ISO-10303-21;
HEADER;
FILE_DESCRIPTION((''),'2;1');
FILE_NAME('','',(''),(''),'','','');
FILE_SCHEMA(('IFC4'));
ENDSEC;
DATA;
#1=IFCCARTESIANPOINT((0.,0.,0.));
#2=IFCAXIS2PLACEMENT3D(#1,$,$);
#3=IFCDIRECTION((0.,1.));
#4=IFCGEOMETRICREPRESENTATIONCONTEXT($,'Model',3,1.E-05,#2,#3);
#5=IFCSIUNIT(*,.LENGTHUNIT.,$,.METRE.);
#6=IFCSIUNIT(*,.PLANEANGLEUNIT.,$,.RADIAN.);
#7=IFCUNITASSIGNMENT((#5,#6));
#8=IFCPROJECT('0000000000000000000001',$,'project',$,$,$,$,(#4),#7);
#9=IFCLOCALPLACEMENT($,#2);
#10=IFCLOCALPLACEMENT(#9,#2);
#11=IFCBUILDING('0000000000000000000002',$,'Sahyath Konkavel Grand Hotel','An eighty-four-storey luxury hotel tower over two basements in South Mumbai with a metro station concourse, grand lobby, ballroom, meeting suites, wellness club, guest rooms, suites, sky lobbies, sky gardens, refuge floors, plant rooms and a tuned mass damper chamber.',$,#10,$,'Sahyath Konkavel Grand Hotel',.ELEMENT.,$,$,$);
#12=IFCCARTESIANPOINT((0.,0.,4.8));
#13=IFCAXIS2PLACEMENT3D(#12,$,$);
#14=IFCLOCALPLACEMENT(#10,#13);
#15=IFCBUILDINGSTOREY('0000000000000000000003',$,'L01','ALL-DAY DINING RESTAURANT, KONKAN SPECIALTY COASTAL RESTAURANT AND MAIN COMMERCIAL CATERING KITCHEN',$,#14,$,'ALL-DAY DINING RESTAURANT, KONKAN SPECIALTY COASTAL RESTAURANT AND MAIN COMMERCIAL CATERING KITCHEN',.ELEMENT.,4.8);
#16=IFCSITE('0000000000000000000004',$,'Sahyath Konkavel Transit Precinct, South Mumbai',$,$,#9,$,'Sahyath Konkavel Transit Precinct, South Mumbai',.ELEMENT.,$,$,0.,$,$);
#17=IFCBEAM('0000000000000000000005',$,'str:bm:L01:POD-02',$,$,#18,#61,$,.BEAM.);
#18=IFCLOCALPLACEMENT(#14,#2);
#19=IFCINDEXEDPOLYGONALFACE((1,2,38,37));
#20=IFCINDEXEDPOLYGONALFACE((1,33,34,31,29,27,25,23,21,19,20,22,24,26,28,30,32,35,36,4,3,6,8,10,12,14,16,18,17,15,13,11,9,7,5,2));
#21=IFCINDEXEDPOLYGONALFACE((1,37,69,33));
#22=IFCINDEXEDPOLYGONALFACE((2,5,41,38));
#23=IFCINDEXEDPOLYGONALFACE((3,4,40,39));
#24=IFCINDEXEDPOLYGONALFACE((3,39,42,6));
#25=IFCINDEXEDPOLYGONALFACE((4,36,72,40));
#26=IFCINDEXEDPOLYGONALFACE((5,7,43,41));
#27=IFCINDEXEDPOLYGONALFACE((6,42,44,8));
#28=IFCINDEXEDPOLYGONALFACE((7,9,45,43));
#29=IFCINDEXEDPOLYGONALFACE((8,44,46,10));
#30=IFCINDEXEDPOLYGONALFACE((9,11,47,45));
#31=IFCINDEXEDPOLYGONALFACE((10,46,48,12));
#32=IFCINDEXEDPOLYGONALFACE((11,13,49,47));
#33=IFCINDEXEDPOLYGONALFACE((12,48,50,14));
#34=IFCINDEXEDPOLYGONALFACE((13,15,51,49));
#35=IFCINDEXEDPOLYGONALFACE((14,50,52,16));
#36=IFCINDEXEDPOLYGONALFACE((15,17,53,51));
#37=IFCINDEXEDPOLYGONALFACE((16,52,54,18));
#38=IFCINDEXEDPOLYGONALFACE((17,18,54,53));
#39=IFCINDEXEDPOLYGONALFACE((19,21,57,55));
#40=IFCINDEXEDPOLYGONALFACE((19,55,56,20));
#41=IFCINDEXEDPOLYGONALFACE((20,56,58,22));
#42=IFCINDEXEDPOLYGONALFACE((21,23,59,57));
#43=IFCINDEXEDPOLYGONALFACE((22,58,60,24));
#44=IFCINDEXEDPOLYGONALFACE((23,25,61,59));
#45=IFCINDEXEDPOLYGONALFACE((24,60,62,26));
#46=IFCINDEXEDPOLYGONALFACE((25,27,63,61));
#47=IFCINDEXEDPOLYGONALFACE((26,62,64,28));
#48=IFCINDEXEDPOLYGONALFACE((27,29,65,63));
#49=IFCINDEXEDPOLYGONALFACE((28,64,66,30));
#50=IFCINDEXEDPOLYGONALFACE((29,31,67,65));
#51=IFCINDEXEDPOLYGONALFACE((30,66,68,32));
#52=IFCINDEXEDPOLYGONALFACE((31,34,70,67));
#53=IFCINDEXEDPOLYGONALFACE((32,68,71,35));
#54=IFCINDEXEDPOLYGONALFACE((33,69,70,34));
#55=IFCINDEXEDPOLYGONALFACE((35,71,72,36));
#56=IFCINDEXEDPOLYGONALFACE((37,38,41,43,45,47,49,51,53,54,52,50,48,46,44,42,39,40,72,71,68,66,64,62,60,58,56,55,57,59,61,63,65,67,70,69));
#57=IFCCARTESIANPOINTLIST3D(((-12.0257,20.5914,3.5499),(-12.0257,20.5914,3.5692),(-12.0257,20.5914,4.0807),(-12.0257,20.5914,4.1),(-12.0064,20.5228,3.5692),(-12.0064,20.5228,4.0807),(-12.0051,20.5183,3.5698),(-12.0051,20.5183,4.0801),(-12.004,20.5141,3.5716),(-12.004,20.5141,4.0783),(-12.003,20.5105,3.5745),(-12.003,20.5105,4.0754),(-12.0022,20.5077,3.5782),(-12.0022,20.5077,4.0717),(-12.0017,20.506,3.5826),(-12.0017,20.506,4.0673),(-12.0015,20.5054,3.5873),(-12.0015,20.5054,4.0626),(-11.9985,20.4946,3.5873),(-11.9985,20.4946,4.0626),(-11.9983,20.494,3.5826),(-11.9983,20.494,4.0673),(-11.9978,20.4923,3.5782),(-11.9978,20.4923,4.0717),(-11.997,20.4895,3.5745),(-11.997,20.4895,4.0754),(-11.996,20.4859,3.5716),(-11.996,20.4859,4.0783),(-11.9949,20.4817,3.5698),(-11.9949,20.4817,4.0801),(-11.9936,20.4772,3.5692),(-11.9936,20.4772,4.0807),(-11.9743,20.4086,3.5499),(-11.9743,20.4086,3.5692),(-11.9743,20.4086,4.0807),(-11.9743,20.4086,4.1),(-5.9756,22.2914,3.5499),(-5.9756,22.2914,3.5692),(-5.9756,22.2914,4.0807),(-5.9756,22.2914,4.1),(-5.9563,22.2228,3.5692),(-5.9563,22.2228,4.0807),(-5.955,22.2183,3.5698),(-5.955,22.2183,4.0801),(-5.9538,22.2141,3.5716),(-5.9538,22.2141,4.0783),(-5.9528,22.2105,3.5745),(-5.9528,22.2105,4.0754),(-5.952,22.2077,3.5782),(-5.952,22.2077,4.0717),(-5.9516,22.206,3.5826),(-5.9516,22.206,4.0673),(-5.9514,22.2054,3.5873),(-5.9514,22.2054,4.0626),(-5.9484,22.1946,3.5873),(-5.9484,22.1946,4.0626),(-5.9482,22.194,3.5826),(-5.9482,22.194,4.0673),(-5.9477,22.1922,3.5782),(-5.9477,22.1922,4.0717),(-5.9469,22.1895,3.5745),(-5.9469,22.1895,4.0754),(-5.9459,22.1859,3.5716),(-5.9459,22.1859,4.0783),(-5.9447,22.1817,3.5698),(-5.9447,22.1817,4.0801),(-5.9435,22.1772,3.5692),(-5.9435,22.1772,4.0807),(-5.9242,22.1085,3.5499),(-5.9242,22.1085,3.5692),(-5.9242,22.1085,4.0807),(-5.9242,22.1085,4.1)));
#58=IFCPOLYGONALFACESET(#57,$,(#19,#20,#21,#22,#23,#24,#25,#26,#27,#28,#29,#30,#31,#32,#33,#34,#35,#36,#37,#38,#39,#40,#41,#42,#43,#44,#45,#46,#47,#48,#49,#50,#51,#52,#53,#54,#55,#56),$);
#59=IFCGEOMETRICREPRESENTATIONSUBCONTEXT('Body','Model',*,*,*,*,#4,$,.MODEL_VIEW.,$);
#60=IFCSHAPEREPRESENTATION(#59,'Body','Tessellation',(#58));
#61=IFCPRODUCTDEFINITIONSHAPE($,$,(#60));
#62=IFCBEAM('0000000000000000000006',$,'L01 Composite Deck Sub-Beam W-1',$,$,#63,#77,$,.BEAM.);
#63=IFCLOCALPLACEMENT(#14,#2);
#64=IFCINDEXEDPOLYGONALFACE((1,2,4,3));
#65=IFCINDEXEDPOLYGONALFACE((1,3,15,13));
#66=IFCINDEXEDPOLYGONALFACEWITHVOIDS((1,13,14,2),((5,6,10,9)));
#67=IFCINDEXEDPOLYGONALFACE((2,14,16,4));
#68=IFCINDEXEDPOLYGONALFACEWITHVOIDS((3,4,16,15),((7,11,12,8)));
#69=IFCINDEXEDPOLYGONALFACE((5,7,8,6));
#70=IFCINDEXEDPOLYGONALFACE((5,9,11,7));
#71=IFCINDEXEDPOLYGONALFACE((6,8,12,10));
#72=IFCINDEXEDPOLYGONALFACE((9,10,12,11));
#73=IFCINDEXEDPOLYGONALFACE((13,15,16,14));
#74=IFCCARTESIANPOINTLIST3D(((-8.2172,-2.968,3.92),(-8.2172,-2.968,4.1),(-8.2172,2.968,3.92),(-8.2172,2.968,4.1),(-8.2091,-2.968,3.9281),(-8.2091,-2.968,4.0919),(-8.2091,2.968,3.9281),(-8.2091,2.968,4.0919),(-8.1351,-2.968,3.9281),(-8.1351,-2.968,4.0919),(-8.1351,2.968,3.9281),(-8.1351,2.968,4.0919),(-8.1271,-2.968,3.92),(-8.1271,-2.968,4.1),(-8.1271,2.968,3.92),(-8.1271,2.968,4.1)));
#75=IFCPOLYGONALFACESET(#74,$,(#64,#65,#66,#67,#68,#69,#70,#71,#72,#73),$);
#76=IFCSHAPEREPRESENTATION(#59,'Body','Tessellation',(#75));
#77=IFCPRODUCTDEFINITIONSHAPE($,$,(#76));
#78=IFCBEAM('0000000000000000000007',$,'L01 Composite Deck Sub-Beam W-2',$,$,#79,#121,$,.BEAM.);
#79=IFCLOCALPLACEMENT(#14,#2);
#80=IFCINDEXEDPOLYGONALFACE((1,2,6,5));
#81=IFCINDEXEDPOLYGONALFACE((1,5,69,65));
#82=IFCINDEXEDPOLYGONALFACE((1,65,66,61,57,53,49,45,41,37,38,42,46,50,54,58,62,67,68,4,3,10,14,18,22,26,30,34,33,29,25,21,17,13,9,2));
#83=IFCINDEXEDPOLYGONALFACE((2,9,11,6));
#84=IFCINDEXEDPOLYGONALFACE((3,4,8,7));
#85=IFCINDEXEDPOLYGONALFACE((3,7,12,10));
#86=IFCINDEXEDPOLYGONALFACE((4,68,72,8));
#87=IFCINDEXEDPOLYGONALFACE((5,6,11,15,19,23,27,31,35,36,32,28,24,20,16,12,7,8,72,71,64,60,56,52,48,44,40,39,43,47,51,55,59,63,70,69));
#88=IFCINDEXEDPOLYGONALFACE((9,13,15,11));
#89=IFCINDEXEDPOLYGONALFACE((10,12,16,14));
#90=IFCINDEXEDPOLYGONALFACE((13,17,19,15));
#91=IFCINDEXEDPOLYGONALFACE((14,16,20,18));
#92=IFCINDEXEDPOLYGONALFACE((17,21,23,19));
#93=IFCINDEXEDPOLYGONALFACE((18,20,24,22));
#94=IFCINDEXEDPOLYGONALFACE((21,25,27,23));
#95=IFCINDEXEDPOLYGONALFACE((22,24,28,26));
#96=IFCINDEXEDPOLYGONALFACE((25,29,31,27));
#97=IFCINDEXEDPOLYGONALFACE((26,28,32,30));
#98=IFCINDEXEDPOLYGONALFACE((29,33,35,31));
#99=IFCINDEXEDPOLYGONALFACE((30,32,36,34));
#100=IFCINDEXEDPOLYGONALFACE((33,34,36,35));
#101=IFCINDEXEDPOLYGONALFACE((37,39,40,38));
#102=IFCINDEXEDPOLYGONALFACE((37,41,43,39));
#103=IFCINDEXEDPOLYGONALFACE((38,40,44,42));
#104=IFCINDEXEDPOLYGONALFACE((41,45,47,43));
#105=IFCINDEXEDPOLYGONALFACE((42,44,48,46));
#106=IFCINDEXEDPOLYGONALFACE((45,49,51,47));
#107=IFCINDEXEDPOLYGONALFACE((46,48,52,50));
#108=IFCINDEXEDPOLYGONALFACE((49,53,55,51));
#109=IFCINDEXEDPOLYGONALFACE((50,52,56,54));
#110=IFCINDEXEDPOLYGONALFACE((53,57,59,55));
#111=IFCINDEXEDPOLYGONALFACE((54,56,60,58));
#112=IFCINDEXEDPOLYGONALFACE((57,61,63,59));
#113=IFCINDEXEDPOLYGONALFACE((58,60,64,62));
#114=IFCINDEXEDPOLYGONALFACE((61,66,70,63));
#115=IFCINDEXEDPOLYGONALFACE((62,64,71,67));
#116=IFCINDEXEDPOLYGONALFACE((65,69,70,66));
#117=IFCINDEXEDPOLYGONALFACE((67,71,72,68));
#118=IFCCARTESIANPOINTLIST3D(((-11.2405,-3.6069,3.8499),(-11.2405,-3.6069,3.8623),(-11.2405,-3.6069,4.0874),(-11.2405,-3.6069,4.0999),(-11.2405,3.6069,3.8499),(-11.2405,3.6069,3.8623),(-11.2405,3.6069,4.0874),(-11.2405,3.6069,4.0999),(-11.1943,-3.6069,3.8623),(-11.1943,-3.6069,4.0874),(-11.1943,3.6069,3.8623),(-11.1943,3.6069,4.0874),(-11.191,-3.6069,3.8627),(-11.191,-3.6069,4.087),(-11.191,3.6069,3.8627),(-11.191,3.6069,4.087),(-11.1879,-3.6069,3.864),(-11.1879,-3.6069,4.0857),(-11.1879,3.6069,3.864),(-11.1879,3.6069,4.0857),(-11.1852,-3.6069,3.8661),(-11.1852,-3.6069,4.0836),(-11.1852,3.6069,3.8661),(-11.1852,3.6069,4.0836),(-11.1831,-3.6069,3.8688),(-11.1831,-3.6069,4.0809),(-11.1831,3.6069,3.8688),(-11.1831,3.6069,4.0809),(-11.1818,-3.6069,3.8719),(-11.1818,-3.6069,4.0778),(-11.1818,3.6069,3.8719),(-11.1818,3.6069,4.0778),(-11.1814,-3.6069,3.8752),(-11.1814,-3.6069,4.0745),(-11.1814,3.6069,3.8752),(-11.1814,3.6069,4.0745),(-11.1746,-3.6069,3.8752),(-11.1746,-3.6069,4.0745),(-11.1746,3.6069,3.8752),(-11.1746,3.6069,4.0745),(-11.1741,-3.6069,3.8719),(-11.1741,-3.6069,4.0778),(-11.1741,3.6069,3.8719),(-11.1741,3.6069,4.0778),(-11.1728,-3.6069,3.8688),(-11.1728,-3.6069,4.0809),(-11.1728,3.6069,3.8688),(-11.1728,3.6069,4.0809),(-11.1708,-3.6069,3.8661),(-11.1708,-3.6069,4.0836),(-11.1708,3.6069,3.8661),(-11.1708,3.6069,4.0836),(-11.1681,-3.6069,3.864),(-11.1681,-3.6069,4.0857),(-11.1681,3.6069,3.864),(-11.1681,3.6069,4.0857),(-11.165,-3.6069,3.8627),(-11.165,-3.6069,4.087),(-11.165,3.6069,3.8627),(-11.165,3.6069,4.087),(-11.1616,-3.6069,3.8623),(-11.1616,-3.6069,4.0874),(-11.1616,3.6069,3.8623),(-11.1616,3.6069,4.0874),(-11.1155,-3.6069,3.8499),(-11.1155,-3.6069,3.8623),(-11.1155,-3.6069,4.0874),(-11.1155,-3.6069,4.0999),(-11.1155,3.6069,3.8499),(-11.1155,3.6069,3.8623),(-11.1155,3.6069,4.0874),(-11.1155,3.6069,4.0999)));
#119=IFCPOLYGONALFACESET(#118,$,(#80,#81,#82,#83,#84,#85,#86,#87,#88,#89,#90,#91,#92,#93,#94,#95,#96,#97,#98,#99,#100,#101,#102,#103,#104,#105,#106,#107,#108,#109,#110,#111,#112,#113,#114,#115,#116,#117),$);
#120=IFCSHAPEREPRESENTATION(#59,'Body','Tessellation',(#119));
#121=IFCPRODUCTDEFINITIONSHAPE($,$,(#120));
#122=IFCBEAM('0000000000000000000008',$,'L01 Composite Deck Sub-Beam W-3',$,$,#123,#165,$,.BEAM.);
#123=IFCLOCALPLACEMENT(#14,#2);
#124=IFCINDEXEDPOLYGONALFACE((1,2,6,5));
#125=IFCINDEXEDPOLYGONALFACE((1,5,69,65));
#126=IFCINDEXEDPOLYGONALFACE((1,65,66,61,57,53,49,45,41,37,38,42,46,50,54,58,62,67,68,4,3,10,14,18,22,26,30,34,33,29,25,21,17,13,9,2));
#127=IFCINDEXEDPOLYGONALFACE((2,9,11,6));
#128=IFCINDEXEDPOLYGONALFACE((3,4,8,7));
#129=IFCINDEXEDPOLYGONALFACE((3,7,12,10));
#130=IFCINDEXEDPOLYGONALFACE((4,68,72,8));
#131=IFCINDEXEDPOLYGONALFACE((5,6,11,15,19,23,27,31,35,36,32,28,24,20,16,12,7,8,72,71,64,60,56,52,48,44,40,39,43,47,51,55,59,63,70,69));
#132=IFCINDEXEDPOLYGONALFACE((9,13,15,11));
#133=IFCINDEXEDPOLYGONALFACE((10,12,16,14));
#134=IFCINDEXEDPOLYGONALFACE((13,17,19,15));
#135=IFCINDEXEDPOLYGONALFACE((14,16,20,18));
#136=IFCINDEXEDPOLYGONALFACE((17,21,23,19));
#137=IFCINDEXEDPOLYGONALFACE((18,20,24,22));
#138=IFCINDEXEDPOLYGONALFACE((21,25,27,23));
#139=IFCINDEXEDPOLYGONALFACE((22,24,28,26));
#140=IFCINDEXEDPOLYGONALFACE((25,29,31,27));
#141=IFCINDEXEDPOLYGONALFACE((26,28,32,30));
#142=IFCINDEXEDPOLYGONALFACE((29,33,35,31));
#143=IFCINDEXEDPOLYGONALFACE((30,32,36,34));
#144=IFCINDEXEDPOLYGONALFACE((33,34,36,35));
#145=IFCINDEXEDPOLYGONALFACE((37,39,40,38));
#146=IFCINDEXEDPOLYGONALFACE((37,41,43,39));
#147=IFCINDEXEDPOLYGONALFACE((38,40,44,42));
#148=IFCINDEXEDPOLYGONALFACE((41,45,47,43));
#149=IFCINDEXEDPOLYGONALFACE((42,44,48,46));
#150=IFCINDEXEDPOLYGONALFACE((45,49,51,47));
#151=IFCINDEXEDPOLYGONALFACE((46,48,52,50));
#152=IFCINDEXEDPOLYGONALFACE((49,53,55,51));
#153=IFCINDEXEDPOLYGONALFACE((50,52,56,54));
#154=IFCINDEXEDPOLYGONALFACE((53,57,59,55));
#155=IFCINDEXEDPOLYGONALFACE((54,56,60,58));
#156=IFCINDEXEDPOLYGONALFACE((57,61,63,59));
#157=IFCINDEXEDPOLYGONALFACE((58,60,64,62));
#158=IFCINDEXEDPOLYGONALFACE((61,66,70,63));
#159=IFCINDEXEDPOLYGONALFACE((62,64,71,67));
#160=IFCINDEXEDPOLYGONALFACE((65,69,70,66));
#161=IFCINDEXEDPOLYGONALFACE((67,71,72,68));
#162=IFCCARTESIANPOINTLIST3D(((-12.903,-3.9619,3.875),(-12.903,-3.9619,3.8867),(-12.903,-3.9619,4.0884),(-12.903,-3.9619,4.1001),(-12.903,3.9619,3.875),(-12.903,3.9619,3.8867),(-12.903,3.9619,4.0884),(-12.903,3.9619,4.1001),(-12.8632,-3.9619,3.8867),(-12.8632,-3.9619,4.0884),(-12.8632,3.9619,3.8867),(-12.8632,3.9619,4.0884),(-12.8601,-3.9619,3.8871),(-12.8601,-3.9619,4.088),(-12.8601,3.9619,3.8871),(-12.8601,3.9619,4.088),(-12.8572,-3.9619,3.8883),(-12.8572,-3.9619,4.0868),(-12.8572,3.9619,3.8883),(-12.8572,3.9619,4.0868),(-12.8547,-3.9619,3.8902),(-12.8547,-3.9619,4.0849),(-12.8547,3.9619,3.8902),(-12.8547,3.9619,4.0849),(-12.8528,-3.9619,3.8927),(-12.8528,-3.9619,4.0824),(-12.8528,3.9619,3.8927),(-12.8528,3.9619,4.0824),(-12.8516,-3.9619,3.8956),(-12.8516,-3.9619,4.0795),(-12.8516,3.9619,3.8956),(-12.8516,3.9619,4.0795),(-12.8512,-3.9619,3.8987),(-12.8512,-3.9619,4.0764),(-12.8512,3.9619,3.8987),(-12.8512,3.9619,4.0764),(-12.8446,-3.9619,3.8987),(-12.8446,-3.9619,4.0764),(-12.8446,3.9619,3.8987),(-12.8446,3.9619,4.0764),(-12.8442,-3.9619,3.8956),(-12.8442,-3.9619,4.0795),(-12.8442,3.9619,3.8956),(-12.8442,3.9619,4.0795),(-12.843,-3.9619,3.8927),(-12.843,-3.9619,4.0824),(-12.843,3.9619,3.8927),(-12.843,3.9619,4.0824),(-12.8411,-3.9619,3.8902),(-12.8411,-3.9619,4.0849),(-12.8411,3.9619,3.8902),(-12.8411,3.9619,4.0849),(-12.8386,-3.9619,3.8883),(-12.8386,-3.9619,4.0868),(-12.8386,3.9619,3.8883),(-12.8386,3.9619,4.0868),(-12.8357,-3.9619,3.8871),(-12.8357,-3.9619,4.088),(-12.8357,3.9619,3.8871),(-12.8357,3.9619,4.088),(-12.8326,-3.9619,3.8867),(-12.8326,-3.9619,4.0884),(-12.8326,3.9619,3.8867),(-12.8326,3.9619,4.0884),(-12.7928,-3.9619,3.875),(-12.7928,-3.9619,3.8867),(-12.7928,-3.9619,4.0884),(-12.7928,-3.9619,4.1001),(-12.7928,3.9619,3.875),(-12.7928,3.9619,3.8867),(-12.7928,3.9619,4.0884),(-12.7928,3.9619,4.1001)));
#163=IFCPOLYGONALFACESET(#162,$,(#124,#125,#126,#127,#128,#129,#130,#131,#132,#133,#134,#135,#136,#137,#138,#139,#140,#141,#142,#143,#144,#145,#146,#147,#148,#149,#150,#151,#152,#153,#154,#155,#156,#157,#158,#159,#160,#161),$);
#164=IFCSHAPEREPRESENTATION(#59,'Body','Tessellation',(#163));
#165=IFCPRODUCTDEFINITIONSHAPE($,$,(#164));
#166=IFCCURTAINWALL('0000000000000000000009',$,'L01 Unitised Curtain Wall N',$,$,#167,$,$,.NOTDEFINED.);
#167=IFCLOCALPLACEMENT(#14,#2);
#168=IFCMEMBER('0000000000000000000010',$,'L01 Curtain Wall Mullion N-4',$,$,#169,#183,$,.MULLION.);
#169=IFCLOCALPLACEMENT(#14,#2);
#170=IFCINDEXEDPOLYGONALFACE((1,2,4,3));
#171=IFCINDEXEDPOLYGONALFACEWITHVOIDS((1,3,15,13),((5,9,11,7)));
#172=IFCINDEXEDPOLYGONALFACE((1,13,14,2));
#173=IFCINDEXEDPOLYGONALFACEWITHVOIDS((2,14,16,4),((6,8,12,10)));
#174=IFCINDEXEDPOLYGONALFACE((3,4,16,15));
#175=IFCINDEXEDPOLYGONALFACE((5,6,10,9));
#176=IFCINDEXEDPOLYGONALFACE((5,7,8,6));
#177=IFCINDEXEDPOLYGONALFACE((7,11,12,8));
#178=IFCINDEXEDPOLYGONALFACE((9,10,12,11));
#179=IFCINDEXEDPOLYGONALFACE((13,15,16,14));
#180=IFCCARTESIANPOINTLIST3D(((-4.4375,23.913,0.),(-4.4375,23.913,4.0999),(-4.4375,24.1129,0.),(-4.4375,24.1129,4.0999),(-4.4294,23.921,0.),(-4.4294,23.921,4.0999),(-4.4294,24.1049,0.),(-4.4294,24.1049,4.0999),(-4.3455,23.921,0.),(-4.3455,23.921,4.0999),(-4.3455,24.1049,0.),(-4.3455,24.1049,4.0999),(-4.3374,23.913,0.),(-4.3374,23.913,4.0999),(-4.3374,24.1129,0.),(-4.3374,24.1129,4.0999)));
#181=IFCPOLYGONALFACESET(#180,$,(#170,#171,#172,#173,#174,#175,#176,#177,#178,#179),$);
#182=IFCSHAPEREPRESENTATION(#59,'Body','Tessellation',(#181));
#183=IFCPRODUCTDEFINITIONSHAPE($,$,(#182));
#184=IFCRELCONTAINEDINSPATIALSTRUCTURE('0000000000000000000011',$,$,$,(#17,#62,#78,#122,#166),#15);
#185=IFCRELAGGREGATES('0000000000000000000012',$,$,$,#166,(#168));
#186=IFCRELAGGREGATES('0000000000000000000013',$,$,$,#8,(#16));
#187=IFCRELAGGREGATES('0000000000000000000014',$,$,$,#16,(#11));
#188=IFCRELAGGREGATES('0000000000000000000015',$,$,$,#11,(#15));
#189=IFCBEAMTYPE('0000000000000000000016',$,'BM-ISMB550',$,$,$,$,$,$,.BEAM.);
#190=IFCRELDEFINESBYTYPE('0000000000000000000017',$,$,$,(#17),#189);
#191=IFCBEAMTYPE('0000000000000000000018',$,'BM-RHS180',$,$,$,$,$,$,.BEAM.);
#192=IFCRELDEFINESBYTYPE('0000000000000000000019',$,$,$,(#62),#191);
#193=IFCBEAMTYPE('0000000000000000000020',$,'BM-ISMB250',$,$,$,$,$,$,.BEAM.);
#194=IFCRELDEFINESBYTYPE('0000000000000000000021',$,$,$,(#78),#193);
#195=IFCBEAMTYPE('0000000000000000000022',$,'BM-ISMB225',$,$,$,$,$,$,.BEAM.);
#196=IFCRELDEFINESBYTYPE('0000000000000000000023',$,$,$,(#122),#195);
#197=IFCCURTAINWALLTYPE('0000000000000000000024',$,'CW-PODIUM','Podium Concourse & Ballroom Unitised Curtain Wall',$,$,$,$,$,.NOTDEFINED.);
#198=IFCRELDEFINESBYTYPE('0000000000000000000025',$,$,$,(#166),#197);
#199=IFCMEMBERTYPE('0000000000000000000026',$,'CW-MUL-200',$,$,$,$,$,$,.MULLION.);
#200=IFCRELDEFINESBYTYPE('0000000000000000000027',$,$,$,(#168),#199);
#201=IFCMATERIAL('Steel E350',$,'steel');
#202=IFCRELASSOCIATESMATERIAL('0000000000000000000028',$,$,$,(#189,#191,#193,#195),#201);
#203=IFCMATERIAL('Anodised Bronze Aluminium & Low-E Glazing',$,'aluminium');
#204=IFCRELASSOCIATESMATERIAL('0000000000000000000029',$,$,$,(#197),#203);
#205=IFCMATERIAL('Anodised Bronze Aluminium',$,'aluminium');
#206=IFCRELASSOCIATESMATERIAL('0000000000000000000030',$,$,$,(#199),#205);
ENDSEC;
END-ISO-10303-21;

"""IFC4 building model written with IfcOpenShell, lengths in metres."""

from ifc_helpers import new_model, si_unit, direction, frame, origin, origin_2d, place, context, subcontext, project, spatial, hollow_rectangle, i_section, extrude, source, transform, mapped, material, material_profile, profile_set, type_object, element, aggregate, save


model = new_model("IFC4")

# Units and contexts
model_context = context("Model", 3, precision=1e-05, world=origin(), true_north=direction((0.0, 1.0)))
body_context = subcontext(model_context, "Body", "Model", "MODEL_VIEW")
ifc_project = project(units=[si_unit("LENGTHUNIT", "METRE"), si_unit("PLANEANGLEUNIT", "RADIAN")], contexts=[model_context])

# Site, building, storey
site_placement = place(None, origin())
site = spatial("IfcSite", under=ifc_project, at=site_placement, Name="Sahyath Konkavel Transit Precinct, South Mumbai", LongName="Sahyath Konkavel Transit Precinct, South Mumbai", CompositionType="ELEMENT", RefElevation=0.0)
building_placement = place(site_placement, origin())
building = spatial("IfcBuilding", under=site, at=building_placement, Name="Sahyath Konkavel Grand Hotel", Description="An eighty-four-storey luxury hotel tower over two basements in South Mumbai with a metro station concourse, grand lobby, ballroom, meeting suites, wellness club, guest rooms, suites, sky lobbies, sky gardens, refuge floors, plant rooms and a tuned mass damper chamber.", LongName="Sahyath Konkavel Grand Hotel", CompositionType="ELEMENT")
storey_placement = place(building_placement, frame((0.0, 0.0, 4.8)))
storey = spatial("IfcBuildingStorey", under=building, at=storey_placement, Name="L01", Description="ALL-DAY DINING RESTAURANT, KONKAN SPECIALTY COASTAL RESTAURANT AND MAIN COMMERCIAL CATERING KITCHEN", LongName="ALL-DAY DINING RESTAURANT, KONKAN SPECIALTY COASTAL RESTAURANT AND MAIN COMMERCIAL CATERING KITCHEN", CompositionType="ELEMENT", Elevation=4.8)

# Beams
ifc_material_1 = material(Name="Steel E350", Category="steel")
ifc_material_profile_1 = material_profile(ifc_material_1, i_section(OverallWidth=0.1899, OverallDepth=0.55, WebThickness=0.0112, FlangeThickness=0.0193, FilletRadius=0.0181, at=origin_2d()), Name="ISMB 550")
ifc_profile_set_1 = profile_set([ifc_material_profile_1], Name="Steel E350")
beam_type_1 = type_object("IfcBeamType", Name="BM-ISMB550", PredefinedType="BEAM", material=ifc_profile_set_1)
shared_shape_1 = source(origin(), body_context, "Body", "SweptSolid", [
    extrude(i_section(OverallWidth=0.1899, OverallDepth=0.55, WebThickness=0.0112, FlangeThickness=0.0193, FilletRadius=0.0181, at=origin_2d()), origin(), (0.0, 0.0, 1.0), 6.2844),
])
beam_1_placement = place(storey_placement, frame((-12.0, 20.5, 3.825), z_axis=(0.962718, 0.270506, 0.0), x_axis=(-0.270506, 0.962718, 0.0)))
element("IfcBeam", 1, at=beam_1_placement, inside=storey, type_object=beam_type_1, Name="str:bm:L01:POD-02", PredefinedType="BEAM", context=body_context, shape_type="MappedRepresentation", body=[
    mapped(shared_shape_1, transform((0.0, 0.0, 0.0), scale=1.0)),
])
ifc_material_profile_2 = material_profile(ifc_material_1, hollow_rectangle(XDim=0.0901, YDim=0.1799, WallThickness=0.0081, at=origin_2d()), Name="RHS 180x90x8")
ifc_profile_set_2 = profile_set([ifc_material_profile_2], Name="Steel E350")
beam_type_2 = type_object("IfcBeamType", Name="BM-RHS180", PredefinedType="BEAM", material=ifc_profile_set_2)
shared_shape_2 = source(origin(), body_context, "Body", "SweptSolid", [
    extrude(hollow_rectangle(XDim=0.0901, YDim=0.1799, WallThickness=0.0081, at=origin_2d()), origin(), (0.0, 0.0, 1.0), 5.936),
])
beam_2_placement = place(storey_placement, frame((-8.1721, 2.968, 4.01), z_axis=(0.0, -1.0, 0.0), x_axis=(1.0, 0.0, 0.0)))
element("IfcBeam", 2, at=beam_2_placement, inside=storey, type_object=beam_type_2, Name="L01 Composite Deck Sub-Beam W-1", PredefinedType="BEAM", context=body_context, shape_type="MappedRepresentation", body=[
    mapped(shared_shape_2, transform((0.0, 0.0, 0.0), scale=1.0)),
])
ifc_material_profile_3 = material_profile(ifc_material_1, i_section(OverallWidth=0.125, OverallDepth=0.25, WebThickness=0.0068, FlangeThickness=0.0125, FilletRadius=0.0129, at=origin_2d()), Name="ISMB 250")
ifc_profile_set_3 = profile_set([ifc_material_profile_3], Name="Steel E350")
beam_type_3 = type_object("IfcBeamType", Name="BM-ISMB250", PredefinedType="BEAM", material=ifc_profile_set_3)
shared_shape_3 = source(origin(), body_context, "Body", "SweptSolid", [
    extrude(i_section(OverallWidth=0.125, OverallDepth=0.25, WebThickness=0.0068, FlangeThickness=0.0125, FilletRadius=0.0129, at=origin_2d()), origin(), (0.0, 0.0, 1.0), 7.2139),
])
beam_3_placement = place(storey_placement, frame((-11.178, 3.6069, 3.9749), z_axis=(0.0, -1.0, 0.0), x_axis=(1.0, 0.0, 0.0)))
element("IfcBeam", 3, at=beam_3_placement, inside=storey, type_object=beam_type_3, Name="L01 Composite Deck Sub-Beam W-2", PredefinedType="BEAM", context=body_context, shape_type="MappedRepresentation", body=[
    mapped(shared_shape_3, transform((0.0, 0.0, 0.0), scale=1.0)),
])
ifc_material_profile_4 = material_profile(ifc_material_1, i_section(OverallWidth=0.1101, OverallDepth=0.2251, WebThickness=0.0066, FlangeThickness=0.0117, FilletRadius=0.012, at=origin_2d()), Name="ISMB 225")
ifc_profile_set_4 = profile_set([ifc_material_profile_4], Name="Steel E350")
beam_type_4 = type_object("IfcBeamType", Name="BM-ISMB225", PredefinedType="BEAM", material=ifc_profile_set_4)
shared_shape_4 = source(origin(), body_context, "Body", "SweptSolid", [
    extrude(i_section(OverallWidth=0.1101, OverallDepth=0.2251, WebThickness=0.0066, FlangeThickness=0.0117, FilletRadius=0.012, at=origin_2d()), origin(), (0.0, 0.0, 1.0), 7.9238),
])
beam_4_placement = place(storey_placement, frame((-12.8479, 3.9619, 3.9875), z_axis=(0.0, -1.0, 0.0), x_axis=(1.0, 0.0, 0.0)))
element("IfcBeam", 4, at=beam_4_placement, inside=storey, type_object=beam_type_4, Name="L01 Composite Deck Sub-Beam W-3", PredefinedType="BEAM", context=body_context, shape_type="MappedRepresentation", body=[
    mapped(shared_shape_4, transform((0.0, 0.0, 0.0), scale=1.0)),
])

# Curtain wall, member
ifc_material_2 = material(Name="Anodised Bronze Aluminium & Low-E Glazing", Category="aluminium")
curtain_wall_type = type_object("IfcCurtainWallType", Name="CW-PODIUM", Description="Podium Concourse & Ballroom Unitised Curtain Wall", PredefinedType="NOTDEFINED", material=ifc_material_2)
curtain_wall_placement = place(storey_placement, origin())
curtain_wall = element("IfcCurtainWall", 5, at=curtain_wall_placement, inside=storey, type_object=curtain_wall_type, Name="L01 Unitised Curtain Wall N", PredefinedType="NOTDEFINED")
ifc_material_3 = material(Name="Anodised Bronze Aluminium", Category="aluminium")
ifc_material_profile_5 = material_profile(ifc_material_3, hollow_rectangle(XDim=0.1001, YDim=0.2, WallThickness=0.0081, at=origin_2d()), Name="RHS 200x100x8")
ifc_profile_set_5 = profile_set([ifc_material_profile_5], Name="Anodised Bronze Aluminium")
member_type_1 = type_object("IfcMemberType", Name="CW-MUL-200", PredefinedType="MULLION", material=ifc_profile_set_5)
shared_shape_5 = source(origin(), body_context, "Body", "SweptSolid", [
    extrude(hollow_rectangle(XDim=0.1001, YDim=0.2, WallThickness=0.0081, at=origin_2d()), origin(), (0.0, 0.0, 1.0), 4.0999),
])
member_1_placement = place(storey_placement, frame((-4.3875, 24.0129, 0.0), z_axis=(0.0, 0.0, 1.0), x_axis=(1.0, 0.0, 0.0)))
member_1 = element("IfcMember", 6, at=member_1_placement, type_object=member_type_1, Name="L01 Curtain Wall Mullion N-4", PredefinedType="MULLION", context=body_context, shape_type="MappedRepresentation", body=[
    mapped(shared_shape_5, transform((0.0, 0.0, 0.0), scale=1.0)),
])

aggregate(curtain_wall, [member_1])

save(model, "model.ifc")
